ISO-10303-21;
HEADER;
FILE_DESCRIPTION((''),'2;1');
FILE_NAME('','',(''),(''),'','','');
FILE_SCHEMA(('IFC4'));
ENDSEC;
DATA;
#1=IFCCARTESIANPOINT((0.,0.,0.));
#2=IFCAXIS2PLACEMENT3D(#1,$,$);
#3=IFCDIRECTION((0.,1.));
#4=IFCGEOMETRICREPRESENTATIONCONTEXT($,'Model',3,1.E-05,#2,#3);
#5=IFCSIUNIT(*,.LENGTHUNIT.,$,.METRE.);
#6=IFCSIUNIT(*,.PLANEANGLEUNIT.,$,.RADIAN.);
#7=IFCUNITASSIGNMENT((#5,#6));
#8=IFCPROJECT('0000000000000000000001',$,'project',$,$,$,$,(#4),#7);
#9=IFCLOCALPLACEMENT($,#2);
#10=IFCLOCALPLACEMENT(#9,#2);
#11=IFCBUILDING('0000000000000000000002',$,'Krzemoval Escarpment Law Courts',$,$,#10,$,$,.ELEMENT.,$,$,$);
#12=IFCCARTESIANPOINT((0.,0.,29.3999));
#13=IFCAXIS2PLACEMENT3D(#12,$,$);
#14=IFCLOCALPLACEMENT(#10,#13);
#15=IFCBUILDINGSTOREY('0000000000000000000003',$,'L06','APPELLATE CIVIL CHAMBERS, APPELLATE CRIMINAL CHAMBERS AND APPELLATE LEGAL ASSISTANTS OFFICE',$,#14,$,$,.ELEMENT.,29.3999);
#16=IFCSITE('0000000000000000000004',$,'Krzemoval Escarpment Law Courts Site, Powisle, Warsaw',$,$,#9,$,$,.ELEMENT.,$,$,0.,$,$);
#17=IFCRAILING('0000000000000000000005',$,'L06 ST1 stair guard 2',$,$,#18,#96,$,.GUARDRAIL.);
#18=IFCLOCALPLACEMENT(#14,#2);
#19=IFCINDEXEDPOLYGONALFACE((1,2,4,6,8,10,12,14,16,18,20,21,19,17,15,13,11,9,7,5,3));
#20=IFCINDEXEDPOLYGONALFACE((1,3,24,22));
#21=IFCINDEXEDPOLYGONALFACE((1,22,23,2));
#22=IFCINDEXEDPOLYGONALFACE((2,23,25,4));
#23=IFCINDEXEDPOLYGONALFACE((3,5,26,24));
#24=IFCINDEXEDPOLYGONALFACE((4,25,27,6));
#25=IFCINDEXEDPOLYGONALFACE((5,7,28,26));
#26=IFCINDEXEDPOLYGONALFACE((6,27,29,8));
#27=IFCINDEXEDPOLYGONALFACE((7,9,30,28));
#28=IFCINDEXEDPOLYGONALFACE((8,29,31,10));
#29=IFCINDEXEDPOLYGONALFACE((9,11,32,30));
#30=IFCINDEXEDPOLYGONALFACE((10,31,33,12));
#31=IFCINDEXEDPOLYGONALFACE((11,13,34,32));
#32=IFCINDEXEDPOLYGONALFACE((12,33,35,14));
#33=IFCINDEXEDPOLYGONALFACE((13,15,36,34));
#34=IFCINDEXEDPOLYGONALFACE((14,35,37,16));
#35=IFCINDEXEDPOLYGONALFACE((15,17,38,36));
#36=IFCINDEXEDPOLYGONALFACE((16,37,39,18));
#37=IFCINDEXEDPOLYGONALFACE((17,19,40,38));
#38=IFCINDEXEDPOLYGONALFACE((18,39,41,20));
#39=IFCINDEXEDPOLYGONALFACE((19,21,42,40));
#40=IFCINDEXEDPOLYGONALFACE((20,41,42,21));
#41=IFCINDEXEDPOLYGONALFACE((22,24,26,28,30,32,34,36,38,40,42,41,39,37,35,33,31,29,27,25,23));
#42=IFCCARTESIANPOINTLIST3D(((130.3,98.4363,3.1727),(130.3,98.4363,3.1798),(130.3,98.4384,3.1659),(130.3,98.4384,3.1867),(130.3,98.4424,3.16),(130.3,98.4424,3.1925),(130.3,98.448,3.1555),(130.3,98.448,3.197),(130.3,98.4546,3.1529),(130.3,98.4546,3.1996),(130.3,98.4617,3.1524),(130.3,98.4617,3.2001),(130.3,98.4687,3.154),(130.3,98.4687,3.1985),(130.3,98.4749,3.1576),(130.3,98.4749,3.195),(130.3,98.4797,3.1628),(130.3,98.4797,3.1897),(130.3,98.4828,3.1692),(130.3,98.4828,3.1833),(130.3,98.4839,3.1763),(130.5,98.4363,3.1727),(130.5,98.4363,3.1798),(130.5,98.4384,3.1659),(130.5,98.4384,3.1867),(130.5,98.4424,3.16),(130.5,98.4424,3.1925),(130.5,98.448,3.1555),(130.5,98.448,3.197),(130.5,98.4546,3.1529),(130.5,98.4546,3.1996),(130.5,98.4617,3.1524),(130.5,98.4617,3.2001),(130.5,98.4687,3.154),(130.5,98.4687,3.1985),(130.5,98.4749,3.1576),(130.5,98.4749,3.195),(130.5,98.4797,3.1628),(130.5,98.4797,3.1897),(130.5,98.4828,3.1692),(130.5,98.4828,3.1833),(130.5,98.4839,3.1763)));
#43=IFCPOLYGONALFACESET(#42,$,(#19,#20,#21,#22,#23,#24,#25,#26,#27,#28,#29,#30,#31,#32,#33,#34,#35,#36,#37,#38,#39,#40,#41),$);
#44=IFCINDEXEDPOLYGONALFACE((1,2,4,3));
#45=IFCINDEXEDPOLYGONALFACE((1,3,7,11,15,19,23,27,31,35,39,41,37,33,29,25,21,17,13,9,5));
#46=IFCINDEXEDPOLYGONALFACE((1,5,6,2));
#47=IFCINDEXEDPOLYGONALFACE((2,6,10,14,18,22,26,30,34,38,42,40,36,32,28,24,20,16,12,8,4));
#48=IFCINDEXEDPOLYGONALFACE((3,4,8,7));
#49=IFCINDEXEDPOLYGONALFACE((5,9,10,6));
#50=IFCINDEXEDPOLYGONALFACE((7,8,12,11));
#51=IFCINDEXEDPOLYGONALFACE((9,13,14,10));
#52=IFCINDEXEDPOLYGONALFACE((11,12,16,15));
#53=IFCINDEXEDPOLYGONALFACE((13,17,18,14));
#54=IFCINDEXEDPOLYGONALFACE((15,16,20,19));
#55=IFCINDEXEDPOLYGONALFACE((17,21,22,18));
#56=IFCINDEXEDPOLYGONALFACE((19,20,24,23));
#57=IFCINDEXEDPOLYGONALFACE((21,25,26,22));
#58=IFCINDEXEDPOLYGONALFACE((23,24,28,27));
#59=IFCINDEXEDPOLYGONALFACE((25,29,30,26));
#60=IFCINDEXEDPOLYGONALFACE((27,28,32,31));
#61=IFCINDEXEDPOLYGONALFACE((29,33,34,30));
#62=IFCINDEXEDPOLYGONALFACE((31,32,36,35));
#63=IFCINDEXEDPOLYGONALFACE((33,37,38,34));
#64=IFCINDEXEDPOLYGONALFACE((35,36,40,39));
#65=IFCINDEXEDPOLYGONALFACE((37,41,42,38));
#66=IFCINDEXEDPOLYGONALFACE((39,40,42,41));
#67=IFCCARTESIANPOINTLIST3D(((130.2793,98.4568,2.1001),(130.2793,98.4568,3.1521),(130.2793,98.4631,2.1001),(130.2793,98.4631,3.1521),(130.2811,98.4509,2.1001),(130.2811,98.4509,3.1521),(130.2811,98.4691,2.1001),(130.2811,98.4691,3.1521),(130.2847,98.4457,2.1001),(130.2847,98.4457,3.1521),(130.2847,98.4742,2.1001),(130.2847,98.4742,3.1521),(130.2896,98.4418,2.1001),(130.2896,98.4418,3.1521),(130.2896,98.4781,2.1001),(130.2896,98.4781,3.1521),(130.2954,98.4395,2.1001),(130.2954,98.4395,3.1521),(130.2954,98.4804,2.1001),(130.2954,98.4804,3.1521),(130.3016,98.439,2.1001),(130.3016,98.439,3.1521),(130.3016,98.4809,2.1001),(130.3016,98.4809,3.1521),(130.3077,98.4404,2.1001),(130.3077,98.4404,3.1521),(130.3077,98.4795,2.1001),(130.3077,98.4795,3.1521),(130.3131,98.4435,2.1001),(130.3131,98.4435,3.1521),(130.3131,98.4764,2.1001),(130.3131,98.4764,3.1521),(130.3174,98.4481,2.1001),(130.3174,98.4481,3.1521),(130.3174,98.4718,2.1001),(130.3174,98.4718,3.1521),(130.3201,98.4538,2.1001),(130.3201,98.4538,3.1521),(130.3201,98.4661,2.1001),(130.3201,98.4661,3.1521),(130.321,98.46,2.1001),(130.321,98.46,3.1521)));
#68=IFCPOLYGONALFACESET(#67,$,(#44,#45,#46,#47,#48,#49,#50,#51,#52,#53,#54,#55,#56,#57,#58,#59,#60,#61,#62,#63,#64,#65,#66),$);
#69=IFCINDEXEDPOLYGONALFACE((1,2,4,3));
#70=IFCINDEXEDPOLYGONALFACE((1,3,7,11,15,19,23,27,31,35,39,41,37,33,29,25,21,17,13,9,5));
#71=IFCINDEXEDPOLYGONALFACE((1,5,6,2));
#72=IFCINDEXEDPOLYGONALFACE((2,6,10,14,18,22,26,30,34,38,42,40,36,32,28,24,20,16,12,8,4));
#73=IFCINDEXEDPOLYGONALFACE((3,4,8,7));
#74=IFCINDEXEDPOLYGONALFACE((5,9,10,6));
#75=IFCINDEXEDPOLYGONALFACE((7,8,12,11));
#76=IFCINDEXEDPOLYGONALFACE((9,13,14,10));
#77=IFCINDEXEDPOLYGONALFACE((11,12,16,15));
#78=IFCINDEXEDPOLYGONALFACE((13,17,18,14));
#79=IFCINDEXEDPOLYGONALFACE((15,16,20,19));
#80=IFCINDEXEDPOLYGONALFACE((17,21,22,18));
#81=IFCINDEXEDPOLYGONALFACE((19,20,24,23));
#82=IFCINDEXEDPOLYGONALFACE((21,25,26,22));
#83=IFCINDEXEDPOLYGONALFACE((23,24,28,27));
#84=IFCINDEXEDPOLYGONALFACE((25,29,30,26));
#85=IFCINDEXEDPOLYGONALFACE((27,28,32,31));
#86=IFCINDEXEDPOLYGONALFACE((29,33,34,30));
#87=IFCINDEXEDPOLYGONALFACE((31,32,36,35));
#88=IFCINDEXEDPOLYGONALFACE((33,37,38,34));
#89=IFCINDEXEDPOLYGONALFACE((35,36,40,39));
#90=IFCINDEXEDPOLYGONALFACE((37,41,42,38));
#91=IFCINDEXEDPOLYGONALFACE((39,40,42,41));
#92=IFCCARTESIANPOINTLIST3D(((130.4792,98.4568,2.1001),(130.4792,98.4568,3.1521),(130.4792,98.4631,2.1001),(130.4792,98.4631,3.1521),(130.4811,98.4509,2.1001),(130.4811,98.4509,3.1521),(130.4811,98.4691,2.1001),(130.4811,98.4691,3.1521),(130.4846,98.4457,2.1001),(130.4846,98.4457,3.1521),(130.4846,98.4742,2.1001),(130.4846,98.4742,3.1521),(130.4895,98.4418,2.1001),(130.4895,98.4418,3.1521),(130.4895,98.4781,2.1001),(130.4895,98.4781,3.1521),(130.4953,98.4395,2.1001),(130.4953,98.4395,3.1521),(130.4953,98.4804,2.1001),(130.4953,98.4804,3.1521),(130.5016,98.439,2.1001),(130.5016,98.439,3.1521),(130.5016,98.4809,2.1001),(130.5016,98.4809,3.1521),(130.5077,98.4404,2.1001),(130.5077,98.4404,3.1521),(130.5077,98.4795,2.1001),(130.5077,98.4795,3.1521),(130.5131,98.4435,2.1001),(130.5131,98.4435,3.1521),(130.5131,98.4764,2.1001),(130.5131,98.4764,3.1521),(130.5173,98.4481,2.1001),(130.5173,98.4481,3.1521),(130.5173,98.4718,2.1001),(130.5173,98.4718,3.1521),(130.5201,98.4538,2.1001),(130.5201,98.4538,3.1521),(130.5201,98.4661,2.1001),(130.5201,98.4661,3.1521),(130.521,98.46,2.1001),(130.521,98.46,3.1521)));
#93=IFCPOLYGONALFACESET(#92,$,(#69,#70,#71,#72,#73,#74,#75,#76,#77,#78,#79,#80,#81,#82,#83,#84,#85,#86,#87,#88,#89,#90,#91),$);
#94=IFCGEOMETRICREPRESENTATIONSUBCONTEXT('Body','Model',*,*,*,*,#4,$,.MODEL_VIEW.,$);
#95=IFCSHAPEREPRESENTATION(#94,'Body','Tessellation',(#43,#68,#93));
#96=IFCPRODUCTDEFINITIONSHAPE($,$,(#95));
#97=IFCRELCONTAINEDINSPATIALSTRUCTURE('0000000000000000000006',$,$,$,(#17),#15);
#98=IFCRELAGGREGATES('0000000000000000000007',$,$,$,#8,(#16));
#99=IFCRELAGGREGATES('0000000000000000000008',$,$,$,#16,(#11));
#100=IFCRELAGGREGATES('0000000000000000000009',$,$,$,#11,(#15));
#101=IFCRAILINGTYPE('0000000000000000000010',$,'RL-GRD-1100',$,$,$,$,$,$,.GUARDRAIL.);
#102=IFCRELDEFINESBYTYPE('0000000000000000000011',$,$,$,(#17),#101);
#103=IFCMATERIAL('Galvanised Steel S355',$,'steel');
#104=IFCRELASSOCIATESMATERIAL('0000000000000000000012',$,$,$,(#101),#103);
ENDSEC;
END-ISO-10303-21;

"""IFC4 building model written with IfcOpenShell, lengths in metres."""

from ifc_helpers import new_model, si_unit, direction, frame, origin, origin_2d, place, context, subcontext, project, spatial, circle, extrude, material, type_object, element, save


model = new_model("IFC4")

# Units and contexts
model_context = context("Model", 3, precision=1e-05, world=origin(), true_north=direction((0.0, 1.0)))
body_context = subcontext(model_context, "Body", "Model", "MODEL_VIEW")
ifc_project = project(units=[si_unit("LENGTHUNIT", "METRE"), si_unit("PLANEANGLEUNIT", "RADIAN")], contexts=[model_context])

# Site, building, storey
site_placement = place(None, origin())
site = spatial("IfcSite", under=ifc_project, at=site_placement, Name="Krzemoval Escarpment Law Courts Site, Powisle, Warsaw", CompositionType="ELEMENT", RefElevation=0.0)
building_placement = place(site_placement, origin())
building = spatial("IfcBuilding", under=site, at=building_placement, Name="Krzemoval Escarpment Law Courts", CompositionType="ELEMENT")
storey_placement = place(building_placement, frame((0.0, 0.0, 29.3999)))
storey = spatial("IfcBuildingStorey", under=building, at=storey_placement, Name="L06", Description="APPELLATE CIVIL CHAMBERS, APPELLATE CRIMINAL CHAMBERS AND APPELLATE LEGAL ASSISTANTS OFFICE", CompositionType="ELEMENT", Elevation=29.3999)

# Railing
ifc_material_1 = material(Name="Galvanised Steel S355", Category="steel")
railing_type_1 = type_object("IfcRailingType", Name="RL-GRD-1100", PredefinedType="GUARDRAIL", material=ifc_material_1)
railing_1_placement = place(storey_placement, frame((130.3, 98.46, 2.1001)))
element("IfcRailing", 1, at=railing_1_placement, inside=storey, type_object=railing_type_1, Name="L06 ST1 stair guard 2", PredefinedType="GUARDRAIL", context=body_context, shape_type="SweptSolid", body=[
    extrude(circle(Radius=0.0239, at=origin_2d()), frame((0.0, 0.0, 1.0762), z_axis=(1.0, 0.0, 0.0), x_axis=(0.0, 1.0, 0.0)), (0.0, 0.0, 1.0), 0.2),
    extrude(circle(Radius=0.021, at=origin_2d()), origin(), (0.0, 0.0, 1.0), 1.052),
    extrude(circle(Radius=0.021, at=origin_2d()), frame((0.2, 0.0, 0.0)), (0.0, 0.0, 1.0), 1.052),
])

save(model, "model.ifc")
